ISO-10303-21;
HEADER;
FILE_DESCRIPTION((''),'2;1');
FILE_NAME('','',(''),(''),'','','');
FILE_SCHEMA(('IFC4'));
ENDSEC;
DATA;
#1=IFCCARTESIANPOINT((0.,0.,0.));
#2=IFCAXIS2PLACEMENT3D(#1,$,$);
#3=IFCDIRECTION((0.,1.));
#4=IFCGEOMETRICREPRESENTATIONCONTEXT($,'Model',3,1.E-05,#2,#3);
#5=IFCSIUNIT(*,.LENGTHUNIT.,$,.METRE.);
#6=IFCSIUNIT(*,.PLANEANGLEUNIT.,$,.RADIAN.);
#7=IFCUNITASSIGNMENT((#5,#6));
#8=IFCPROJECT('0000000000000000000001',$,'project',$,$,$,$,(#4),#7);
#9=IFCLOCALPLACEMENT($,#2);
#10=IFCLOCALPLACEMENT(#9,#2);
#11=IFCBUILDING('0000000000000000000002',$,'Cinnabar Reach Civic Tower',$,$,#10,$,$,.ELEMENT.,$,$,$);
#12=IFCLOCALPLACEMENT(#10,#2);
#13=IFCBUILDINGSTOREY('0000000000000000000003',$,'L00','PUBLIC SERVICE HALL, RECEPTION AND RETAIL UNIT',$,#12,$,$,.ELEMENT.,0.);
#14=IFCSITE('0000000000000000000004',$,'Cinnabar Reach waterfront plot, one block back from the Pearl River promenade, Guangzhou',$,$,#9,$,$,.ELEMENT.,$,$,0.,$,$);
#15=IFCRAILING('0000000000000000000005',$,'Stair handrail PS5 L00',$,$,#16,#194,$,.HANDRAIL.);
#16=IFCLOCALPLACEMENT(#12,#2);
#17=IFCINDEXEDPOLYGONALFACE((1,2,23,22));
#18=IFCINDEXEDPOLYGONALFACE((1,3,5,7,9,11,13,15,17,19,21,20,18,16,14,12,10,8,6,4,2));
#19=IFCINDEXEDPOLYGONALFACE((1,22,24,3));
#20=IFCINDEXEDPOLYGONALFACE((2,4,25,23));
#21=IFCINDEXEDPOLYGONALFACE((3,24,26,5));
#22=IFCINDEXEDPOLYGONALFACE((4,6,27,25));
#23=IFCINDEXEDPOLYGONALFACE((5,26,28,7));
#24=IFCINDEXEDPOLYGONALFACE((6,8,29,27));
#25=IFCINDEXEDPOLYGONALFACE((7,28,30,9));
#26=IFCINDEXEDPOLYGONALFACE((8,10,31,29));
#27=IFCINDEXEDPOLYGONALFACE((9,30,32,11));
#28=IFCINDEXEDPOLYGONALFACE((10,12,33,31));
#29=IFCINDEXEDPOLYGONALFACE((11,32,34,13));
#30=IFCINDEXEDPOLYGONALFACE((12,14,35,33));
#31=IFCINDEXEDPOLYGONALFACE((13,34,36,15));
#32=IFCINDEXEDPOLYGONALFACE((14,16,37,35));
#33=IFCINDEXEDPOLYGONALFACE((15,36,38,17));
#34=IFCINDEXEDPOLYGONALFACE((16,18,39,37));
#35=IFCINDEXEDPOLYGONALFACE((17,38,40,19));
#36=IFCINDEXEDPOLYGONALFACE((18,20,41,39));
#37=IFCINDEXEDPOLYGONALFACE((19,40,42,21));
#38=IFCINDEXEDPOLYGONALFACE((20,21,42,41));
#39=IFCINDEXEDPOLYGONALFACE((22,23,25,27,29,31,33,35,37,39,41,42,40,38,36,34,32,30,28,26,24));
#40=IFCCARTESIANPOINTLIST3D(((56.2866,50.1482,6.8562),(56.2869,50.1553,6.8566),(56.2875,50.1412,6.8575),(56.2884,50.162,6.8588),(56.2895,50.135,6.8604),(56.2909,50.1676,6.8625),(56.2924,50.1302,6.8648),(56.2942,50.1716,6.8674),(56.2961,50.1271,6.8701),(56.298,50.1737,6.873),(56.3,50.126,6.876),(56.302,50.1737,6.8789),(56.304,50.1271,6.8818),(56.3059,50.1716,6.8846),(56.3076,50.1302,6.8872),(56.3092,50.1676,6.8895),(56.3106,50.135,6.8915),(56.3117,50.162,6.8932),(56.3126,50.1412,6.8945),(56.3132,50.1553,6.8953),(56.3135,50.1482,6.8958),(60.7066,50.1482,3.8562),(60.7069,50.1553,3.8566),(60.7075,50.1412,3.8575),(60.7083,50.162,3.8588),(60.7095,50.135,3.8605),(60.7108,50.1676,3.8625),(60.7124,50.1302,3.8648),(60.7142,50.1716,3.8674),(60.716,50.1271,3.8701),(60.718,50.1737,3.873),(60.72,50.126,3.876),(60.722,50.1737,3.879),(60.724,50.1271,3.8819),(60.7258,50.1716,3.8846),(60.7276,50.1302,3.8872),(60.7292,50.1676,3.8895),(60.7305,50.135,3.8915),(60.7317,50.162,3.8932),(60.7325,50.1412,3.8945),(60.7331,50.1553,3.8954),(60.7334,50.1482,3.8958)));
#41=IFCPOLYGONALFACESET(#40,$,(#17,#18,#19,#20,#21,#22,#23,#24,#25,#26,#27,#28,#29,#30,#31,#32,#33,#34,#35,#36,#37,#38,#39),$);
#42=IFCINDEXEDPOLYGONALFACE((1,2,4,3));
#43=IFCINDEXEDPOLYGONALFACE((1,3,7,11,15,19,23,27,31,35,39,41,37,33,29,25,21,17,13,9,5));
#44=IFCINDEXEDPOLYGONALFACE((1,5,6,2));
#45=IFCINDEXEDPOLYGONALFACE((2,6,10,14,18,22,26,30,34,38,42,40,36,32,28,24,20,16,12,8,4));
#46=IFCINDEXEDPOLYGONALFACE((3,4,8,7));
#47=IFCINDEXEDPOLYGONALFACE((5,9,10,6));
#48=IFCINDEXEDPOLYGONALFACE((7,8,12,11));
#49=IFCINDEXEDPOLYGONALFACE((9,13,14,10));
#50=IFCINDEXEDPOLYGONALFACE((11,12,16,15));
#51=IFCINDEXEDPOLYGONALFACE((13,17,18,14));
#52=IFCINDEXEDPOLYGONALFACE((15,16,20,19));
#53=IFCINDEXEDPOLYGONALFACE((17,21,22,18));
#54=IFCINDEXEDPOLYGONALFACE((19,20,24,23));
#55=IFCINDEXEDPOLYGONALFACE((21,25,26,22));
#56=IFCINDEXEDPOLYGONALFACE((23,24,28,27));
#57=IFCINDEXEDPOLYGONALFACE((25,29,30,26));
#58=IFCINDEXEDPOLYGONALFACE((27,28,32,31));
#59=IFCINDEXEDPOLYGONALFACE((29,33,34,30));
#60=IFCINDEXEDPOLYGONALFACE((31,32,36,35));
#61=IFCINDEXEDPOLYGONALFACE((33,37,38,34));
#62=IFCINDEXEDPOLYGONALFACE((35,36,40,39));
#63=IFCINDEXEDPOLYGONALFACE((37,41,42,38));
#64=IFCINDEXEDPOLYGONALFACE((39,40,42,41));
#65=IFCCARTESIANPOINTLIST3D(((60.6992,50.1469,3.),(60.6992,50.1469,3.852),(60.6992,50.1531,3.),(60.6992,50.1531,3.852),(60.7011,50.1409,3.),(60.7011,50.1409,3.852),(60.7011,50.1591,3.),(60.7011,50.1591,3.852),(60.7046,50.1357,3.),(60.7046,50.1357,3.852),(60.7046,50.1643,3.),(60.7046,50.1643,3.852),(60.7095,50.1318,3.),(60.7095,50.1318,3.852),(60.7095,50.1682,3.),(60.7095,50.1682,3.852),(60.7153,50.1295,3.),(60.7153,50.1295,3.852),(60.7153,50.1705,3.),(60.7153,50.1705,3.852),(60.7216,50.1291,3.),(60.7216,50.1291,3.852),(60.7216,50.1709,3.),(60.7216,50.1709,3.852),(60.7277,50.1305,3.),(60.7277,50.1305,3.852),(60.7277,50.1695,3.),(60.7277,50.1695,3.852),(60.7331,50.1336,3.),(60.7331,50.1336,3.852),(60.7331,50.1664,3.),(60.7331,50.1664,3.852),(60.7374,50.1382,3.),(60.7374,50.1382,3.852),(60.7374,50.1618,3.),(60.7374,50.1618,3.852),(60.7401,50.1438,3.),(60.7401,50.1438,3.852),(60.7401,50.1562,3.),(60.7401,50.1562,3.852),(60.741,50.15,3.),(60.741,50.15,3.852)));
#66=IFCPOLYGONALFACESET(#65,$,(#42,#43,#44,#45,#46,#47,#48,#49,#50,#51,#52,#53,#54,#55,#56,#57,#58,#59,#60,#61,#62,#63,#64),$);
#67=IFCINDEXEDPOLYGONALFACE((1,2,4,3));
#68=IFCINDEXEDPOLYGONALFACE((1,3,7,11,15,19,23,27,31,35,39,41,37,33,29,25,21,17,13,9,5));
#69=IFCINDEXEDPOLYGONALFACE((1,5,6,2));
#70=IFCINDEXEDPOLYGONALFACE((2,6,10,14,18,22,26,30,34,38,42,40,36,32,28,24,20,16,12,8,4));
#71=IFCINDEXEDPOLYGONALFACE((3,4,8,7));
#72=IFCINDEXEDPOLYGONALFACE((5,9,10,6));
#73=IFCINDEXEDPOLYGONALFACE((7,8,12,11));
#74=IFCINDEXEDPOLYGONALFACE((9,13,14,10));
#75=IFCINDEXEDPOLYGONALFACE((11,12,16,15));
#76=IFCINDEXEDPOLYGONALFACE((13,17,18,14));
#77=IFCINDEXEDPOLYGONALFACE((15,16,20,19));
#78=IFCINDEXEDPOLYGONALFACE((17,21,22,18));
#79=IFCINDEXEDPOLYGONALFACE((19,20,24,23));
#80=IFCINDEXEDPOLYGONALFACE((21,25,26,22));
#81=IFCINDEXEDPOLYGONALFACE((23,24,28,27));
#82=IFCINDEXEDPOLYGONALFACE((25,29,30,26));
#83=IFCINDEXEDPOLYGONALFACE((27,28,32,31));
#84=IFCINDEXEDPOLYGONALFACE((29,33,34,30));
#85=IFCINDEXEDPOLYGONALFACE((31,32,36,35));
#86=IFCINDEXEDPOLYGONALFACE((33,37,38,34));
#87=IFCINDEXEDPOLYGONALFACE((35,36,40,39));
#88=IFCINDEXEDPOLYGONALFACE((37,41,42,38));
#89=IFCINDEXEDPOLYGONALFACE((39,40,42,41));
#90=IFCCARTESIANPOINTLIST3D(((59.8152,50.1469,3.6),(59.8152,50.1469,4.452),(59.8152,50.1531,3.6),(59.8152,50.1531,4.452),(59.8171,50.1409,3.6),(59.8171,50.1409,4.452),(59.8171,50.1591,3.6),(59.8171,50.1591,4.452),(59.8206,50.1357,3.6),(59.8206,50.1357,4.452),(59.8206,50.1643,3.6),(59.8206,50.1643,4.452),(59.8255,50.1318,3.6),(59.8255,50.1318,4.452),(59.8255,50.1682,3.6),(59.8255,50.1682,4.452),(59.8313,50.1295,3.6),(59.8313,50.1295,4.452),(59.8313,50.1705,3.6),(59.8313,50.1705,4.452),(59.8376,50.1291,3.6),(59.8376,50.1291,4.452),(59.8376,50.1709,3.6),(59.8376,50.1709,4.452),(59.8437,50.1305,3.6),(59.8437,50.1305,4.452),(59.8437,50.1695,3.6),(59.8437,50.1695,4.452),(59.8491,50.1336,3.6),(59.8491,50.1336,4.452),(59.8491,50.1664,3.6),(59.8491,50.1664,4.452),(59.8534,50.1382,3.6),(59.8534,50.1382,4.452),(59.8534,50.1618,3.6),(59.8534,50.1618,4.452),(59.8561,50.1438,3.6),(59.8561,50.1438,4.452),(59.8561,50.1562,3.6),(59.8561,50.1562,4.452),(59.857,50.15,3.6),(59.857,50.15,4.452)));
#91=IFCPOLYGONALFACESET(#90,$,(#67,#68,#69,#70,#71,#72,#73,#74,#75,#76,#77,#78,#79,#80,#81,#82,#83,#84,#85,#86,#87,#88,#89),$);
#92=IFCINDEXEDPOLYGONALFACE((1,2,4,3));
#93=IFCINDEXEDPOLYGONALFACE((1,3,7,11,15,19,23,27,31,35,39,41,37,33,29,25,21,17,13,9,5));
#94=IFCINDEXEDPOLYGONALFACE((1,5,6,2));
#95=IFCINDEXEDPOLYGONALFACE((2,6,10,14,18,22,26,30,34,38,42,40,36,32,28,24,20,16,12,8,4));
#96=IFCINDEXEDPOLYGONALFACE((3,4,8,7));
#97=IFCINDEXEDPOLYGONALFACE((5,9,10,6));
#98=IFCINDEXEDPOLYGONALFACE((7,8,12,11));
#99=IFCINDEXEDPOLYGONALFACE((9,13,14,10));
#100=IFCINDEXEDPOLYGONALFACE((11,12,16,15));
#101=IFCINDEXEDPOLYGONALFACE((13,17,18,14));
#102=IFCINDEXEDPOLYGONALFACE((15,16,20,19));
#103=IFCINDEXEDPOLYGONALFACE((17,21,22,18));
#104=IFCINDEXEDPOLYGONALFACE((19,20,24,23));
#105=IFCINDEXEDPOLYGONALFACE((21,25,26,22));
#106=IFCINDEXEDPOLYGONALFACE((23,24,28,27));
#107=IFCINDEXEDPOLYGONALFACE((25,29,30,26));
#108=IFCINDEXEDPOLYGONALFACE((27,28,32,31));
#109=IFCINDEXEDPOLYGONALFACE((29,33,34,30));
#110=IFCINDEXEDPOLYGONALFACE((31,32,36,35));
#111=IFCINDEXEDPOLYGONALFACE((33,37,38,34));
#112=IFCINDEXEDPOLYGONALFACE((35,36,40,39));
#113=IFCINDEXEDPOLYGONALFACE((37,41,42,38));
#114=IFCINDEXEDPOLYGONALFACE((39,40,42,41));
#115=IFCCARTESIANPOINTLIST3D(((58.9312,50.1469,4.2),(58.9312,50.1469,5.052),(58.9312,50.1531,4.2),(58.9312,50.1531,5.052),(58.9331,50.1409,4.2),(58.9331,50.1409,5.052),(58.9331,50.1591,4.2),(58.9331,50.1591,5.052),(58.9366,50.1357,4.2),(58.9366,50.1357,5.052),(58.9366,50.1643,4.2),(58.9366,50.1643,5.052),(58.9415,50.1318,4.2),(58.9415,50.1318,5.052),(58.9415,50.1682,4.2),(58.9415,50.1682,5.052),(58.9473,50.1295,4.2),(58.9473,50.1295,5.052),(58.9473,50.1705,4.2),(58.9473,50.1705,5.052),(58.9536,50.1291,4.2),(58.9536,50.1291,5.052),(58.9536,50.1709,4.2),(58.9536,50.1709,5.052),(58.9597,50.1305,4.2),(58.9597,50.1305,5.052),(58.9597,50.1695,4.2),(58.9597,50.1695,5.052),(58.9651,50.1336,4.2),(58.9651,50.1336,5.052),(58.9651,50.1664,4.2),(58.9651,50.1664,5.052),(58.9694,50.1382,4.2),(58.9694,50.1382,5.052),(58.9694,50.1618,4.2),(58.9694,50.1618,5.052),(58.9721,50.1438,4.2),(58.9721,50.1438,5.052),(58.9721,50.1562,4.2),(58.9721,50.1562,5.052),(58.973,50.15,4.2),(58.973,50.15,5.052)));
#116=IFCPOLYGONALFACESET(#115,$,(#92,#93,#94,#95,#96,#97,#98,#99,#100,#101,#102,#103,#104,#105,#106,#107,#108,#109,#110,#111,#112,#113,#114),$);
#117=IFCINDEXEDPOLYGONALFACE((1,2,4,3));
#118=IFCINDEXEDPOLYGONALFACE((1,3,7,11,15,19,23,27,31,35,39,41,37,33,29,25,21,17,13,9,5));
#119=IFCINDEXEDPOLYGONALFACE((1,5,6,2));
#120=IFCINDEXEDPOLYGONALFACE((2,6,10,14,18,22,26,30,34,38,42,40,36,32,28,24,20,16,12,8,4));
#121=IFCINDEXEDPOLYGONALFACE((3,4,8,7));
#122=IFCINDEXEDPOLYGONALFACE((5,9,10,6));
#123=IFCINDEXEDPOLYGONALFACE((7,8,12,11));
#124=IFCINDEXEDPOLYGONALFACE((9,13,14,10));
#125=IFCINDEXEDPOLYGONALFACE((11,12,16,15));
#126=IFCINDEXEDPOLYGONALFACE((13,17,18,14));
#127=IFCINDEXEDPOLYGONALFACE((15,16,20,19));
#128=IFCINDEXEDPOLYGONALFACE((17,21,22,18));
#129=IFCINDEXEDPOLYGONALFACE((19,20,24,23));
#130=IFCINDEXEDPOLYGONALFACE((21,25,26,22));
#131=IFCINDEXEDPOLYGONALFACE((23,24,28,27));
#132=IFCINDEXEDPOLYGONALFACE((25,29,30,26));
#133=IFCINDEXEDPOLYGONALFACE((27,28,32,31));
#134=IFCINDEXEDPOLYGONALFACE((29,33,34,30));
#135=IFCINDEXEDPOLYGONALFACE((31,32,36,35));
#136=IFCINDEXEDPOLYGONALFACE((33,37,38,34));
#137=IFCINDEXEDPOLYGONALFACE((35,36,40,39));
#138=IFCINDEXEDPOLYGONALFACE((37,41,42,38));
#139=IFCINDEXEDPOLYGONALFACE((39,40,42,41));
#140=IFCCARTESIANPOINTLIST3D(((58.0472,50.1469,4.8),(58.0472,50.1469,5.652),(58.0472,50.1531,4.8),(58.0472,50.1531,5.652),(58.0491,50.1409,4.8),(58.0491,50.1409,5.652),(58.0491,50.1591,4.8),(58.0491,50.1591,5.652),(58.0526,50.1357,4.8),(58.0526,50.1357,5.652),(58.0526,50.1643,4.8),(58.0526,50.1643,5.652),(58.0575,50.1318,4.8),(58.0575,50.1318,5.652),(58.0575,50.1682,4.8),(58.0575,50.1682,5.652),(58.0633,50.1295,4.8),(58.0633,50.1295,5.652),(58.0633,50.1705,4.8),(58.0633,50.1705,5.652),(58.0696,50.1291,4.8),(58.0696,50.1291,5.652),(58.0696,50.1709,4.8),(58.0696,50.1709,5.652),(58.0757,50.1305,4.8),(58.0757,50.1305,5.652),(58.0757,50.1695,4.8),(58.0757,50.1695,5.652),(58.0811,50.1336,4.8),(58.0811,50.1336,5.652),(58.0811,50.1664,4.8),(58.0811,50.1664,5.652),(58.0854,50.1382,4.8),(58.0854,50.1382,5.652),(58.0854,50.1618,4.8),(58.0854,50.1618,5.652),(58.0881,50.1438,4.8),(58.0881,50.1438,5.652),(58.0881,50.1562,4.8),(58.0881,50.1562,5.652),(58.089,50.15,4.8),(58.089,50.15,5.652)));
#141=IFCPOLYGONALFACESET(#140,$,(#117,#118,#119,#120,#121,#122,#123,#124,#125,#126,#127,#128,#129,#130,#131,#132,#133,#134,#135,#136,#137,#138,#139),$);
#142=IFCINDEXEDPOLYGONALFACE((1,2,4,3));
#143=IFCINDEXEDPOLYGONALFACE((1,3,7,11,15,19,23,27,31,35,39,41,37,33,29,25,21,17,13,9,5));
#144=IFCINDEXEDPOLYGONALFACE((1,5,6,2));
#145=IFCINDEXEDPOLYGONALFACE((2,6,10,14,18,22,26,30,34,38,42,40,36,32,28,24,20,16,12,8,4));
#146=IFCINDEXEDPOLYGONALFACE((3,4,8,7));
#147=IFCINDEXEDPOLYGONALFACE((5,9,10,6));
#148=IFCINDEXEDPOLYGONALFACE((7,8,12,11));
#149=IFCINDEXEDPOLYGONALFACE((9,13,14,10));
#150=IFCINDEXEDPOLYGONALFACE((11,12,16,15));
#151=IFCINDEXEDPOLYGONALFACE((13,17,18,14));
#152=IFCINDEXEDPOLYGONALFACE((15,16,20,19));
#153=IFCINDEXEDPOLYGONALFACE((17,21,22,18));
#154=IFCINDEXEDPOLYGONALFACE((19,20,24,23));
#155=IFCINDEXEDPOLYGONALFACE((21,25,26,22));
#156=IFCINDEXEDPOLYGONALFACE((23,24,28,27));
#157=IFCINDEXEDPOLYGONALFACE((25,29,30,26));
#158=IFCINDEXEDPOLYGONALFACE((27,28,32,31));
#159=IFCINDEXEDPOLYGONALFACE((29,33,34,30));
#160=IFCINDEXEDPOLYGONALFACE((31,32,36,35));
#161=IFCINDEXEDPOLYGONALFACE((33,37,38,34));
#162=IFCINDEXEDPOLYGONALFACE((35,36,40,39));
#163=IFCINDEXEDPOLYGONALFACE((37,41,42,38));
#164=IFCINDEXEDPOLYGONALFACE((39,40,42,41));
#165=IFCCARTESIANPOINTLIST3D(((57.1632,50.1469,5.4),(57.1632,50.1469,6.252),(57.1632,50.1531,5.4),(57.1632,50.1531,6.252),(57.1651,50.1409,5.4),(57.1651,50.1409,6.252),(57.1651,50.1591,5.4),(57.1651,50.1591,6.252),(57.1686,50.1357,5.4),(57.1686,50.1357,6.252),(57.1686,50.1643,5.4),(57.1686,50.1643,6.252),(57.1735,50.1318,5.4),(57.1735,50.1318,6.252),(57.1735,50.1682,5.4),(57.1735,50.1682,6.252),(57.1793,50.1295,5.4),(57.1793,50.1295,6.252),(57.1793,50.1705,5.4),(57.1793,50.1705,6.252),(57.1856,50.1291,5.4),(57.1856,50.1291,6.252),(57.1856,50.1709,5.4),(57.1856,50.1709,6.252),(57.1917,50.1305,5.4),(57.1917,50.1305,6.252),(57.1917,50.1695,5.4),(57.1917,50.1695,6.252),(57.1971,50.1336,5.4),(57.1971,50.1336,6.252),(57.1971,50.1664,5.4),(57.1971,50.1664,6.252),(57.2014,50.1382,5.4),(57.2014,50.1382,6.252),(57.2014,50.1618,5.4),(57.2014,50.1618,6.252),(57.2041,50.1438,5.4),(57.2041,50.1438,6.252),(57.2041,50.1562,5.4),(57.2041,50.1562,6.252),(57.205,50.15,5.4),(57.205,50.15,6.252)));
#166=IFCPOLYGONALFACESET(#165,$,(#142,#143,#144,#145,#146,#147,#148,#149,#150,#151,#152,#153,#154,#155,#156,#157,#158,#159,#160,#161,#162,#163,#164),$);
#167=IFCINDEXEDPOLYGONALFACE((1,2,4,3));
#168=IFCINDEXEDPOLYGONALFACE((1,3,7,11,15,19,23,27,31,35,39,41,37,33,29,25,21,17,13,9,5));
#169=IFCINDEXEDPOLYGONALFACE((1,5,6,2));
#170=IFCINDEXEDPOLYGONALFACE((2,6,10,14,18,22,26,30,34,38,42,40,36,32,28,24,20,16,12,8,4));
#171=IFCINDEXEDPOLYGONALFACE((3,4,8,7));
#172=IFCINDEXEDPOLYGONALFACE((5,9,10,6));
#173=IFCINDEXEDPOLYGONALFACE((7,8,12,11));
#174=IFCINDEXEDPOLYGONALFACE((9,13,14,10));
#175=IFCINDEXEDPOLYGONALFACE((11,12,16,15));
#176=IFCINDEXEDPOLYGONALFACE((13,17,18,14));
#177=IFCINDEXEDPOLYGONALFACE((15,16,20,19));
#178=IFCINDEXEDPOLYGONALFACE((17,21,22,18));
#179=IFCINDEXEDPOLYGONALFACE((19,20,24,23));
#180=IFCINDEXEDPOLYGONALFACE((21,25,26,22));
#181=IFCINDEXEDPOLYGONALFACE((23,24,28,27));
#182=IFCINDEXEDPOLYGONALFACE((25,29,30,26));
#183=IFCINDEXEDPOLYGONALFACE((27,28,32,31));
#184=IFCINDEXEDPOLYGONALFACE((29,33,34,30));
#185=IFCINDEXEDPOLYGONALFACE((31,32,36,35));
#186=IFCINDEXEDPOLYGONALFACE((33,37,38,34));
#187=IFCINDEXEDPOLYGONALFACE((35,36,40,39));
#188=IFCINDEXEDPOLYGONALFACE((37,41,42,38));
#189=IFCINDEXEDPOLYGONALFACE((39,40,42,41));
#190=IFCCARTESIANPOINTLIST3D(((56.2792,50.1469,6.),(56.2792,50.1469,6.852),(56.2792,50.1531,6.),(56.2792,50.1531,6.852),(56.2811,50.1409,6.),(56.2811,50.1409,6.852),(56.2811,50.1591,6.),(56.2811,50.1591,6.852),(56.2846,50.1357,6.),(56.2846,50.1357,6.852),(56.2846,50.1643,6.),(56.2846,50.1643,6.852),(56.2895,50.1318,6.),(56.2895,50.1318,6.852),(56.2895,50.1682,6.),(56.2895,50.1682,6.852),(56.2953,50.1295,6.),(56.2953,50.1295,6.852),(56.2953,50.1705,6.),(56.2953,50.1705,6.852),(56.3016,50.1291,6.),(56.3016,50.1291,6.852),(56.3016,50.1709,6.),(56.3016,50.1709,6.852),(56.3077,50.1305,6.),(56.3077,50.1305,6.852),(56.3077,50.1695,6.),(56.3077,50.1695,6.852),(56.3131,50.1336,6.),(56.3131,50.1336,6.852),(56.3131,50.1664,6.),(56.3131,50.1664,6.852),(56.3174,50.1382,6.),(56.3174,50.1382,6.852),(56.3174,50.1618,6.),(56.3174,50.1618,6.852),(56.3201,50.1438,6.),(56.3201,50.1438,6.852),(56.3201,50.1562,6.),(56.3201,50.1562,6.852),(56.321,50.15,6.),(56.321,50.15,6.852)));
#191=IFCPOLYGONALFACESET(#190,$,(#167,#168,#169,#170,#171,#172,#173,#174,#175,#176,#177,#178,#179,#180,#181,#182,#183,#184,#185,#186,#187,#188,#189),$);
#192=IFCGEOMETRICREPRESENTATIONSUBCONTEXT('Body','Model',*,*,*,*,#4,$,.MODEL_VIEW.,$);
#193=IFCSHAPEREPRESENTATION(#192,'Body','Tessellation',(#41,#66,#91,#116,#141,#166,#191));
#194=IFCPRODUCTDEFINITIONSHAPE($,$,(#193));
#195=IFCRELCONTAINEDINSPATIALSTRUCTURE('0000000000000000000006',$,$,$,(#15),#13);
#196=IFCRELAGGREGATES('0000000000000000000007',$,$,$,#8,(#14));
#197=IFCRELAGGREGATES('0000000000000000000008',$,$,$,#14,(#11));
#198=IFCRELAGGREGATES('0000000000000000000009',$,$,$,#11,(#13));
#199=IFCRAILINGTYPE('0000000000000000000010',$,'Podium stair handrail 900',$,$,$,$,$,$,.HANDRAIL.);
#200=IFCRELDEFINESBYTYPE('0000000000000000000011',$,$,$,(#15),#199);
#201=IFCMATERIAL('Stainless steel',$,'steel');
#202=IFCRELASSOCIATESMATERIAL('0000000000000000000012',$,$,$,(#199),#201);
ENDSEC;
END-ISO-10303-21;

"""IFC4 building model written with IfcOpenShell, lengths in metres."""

from ifc_helpers import new_model, si_unit, direction, frame, origin, origin_2d, place, context, subcontext, project, spatial, circle, extrude, material, type_object, element, save


model = new_model("IFC4")

# Units and contexts
model_context = context("Model", 3, precision=1e-05, world=origin(), true_north=direction((0.0, 1.0)))
body_context = subcontext(model_context, "Body", "Model", "MODEL_VIEW")
ifc_project = project(units=[si_unit("LENGTHUNIT", "METRE"), si_unit("PLANEANGLEUNIT", "RADIAN")], contexts=[model_context])

# Site, building, storey
site_placement = place(None, origin())
site = spatial("IfcSite", under=ifc_project, at=site_placement, Name="Cinnabar Reach waterfront plot, one block back from the Pearl River promenade, Guangzhou", CompositionType="ELEMENT", RefElevation=0.0)
building_placement = place(site_placement, origin())
building = spatial("IfcBuilding", under=site, at=building_placement, Name="Cinnabar Reach Civic Tower", CompositionType="ELEMENT")
storey_placement = place(building_placement, origin())
storey = spatial("IfcBuildingStorey", under=building, at=storey_placement, Name="L00", Description="PUBLIC SERVICE HALL, RECEPTION AND RETAIL UNIT", CompositionType="ELEMENT", Elevation=0.0)

# Railing
ifc_material_1 = material(Name="Stainless steel", Category="steel")
railing_type_1 = type_object("IfcRailingType", Name="Podium stair handrail 900", PredefinedType="HANDRAIL", material=ifc_material_1)
railing_1_placement = place(storey_placement, frame((60.72, 50.15, 3.0)))
element("IfcRailing", 1, at=railing_1_placement, inside=storey, type_object=railing_type_1, Name="Stair handrail PS5 L00", PredefinedType="HANDRAIL", context=body_context, shape_type="SweptSolid", body=[
    extrude(circle(Radius=0.024, at=origin_2d()), frame((0.0, 0.0, 0.876), z_axis=(-0.827414, 0.0, 0.561593), x_axis=(0.0, -1.0, 0.0)), (0.0, 0.0, 1.0), 5.3419),
    extrude(circle(Radius=0.021, at=origin_2d()), origin(), (0.0, 0.0, 1.0), 0.852),
    extrude(circle(Radius=0.021, at=origin_2d()), frame((-0.884, 0.0, 0.6)), (0.0, 0.0, 1.0), 0.852),
    extrude(circle(Radius=0.021, at=origin_2d()), frame((-1.768, 0.0, 1.2)), (0.0, 0.0, 1.0), 0.852),
    extrude(circle(Radius=0.021, at=origin_2d()), frame((-2.652, 0.0, 1.8)), (0.0, 0.0, 1.0), 0.852),
    extrude(circle(Radius=0.021, at=origin_2d()), frame((-3.536, 0.0, 2.4)), (0.0, 0.0, 1.0), 0.852),
    extrude(circle(Radius=0.021, at=origin_2d()), frame((-4.42, 0.0, 3.0)), (0.0, 0.0, 1.0), 0.852),
])

save(model, "model.ifc")
